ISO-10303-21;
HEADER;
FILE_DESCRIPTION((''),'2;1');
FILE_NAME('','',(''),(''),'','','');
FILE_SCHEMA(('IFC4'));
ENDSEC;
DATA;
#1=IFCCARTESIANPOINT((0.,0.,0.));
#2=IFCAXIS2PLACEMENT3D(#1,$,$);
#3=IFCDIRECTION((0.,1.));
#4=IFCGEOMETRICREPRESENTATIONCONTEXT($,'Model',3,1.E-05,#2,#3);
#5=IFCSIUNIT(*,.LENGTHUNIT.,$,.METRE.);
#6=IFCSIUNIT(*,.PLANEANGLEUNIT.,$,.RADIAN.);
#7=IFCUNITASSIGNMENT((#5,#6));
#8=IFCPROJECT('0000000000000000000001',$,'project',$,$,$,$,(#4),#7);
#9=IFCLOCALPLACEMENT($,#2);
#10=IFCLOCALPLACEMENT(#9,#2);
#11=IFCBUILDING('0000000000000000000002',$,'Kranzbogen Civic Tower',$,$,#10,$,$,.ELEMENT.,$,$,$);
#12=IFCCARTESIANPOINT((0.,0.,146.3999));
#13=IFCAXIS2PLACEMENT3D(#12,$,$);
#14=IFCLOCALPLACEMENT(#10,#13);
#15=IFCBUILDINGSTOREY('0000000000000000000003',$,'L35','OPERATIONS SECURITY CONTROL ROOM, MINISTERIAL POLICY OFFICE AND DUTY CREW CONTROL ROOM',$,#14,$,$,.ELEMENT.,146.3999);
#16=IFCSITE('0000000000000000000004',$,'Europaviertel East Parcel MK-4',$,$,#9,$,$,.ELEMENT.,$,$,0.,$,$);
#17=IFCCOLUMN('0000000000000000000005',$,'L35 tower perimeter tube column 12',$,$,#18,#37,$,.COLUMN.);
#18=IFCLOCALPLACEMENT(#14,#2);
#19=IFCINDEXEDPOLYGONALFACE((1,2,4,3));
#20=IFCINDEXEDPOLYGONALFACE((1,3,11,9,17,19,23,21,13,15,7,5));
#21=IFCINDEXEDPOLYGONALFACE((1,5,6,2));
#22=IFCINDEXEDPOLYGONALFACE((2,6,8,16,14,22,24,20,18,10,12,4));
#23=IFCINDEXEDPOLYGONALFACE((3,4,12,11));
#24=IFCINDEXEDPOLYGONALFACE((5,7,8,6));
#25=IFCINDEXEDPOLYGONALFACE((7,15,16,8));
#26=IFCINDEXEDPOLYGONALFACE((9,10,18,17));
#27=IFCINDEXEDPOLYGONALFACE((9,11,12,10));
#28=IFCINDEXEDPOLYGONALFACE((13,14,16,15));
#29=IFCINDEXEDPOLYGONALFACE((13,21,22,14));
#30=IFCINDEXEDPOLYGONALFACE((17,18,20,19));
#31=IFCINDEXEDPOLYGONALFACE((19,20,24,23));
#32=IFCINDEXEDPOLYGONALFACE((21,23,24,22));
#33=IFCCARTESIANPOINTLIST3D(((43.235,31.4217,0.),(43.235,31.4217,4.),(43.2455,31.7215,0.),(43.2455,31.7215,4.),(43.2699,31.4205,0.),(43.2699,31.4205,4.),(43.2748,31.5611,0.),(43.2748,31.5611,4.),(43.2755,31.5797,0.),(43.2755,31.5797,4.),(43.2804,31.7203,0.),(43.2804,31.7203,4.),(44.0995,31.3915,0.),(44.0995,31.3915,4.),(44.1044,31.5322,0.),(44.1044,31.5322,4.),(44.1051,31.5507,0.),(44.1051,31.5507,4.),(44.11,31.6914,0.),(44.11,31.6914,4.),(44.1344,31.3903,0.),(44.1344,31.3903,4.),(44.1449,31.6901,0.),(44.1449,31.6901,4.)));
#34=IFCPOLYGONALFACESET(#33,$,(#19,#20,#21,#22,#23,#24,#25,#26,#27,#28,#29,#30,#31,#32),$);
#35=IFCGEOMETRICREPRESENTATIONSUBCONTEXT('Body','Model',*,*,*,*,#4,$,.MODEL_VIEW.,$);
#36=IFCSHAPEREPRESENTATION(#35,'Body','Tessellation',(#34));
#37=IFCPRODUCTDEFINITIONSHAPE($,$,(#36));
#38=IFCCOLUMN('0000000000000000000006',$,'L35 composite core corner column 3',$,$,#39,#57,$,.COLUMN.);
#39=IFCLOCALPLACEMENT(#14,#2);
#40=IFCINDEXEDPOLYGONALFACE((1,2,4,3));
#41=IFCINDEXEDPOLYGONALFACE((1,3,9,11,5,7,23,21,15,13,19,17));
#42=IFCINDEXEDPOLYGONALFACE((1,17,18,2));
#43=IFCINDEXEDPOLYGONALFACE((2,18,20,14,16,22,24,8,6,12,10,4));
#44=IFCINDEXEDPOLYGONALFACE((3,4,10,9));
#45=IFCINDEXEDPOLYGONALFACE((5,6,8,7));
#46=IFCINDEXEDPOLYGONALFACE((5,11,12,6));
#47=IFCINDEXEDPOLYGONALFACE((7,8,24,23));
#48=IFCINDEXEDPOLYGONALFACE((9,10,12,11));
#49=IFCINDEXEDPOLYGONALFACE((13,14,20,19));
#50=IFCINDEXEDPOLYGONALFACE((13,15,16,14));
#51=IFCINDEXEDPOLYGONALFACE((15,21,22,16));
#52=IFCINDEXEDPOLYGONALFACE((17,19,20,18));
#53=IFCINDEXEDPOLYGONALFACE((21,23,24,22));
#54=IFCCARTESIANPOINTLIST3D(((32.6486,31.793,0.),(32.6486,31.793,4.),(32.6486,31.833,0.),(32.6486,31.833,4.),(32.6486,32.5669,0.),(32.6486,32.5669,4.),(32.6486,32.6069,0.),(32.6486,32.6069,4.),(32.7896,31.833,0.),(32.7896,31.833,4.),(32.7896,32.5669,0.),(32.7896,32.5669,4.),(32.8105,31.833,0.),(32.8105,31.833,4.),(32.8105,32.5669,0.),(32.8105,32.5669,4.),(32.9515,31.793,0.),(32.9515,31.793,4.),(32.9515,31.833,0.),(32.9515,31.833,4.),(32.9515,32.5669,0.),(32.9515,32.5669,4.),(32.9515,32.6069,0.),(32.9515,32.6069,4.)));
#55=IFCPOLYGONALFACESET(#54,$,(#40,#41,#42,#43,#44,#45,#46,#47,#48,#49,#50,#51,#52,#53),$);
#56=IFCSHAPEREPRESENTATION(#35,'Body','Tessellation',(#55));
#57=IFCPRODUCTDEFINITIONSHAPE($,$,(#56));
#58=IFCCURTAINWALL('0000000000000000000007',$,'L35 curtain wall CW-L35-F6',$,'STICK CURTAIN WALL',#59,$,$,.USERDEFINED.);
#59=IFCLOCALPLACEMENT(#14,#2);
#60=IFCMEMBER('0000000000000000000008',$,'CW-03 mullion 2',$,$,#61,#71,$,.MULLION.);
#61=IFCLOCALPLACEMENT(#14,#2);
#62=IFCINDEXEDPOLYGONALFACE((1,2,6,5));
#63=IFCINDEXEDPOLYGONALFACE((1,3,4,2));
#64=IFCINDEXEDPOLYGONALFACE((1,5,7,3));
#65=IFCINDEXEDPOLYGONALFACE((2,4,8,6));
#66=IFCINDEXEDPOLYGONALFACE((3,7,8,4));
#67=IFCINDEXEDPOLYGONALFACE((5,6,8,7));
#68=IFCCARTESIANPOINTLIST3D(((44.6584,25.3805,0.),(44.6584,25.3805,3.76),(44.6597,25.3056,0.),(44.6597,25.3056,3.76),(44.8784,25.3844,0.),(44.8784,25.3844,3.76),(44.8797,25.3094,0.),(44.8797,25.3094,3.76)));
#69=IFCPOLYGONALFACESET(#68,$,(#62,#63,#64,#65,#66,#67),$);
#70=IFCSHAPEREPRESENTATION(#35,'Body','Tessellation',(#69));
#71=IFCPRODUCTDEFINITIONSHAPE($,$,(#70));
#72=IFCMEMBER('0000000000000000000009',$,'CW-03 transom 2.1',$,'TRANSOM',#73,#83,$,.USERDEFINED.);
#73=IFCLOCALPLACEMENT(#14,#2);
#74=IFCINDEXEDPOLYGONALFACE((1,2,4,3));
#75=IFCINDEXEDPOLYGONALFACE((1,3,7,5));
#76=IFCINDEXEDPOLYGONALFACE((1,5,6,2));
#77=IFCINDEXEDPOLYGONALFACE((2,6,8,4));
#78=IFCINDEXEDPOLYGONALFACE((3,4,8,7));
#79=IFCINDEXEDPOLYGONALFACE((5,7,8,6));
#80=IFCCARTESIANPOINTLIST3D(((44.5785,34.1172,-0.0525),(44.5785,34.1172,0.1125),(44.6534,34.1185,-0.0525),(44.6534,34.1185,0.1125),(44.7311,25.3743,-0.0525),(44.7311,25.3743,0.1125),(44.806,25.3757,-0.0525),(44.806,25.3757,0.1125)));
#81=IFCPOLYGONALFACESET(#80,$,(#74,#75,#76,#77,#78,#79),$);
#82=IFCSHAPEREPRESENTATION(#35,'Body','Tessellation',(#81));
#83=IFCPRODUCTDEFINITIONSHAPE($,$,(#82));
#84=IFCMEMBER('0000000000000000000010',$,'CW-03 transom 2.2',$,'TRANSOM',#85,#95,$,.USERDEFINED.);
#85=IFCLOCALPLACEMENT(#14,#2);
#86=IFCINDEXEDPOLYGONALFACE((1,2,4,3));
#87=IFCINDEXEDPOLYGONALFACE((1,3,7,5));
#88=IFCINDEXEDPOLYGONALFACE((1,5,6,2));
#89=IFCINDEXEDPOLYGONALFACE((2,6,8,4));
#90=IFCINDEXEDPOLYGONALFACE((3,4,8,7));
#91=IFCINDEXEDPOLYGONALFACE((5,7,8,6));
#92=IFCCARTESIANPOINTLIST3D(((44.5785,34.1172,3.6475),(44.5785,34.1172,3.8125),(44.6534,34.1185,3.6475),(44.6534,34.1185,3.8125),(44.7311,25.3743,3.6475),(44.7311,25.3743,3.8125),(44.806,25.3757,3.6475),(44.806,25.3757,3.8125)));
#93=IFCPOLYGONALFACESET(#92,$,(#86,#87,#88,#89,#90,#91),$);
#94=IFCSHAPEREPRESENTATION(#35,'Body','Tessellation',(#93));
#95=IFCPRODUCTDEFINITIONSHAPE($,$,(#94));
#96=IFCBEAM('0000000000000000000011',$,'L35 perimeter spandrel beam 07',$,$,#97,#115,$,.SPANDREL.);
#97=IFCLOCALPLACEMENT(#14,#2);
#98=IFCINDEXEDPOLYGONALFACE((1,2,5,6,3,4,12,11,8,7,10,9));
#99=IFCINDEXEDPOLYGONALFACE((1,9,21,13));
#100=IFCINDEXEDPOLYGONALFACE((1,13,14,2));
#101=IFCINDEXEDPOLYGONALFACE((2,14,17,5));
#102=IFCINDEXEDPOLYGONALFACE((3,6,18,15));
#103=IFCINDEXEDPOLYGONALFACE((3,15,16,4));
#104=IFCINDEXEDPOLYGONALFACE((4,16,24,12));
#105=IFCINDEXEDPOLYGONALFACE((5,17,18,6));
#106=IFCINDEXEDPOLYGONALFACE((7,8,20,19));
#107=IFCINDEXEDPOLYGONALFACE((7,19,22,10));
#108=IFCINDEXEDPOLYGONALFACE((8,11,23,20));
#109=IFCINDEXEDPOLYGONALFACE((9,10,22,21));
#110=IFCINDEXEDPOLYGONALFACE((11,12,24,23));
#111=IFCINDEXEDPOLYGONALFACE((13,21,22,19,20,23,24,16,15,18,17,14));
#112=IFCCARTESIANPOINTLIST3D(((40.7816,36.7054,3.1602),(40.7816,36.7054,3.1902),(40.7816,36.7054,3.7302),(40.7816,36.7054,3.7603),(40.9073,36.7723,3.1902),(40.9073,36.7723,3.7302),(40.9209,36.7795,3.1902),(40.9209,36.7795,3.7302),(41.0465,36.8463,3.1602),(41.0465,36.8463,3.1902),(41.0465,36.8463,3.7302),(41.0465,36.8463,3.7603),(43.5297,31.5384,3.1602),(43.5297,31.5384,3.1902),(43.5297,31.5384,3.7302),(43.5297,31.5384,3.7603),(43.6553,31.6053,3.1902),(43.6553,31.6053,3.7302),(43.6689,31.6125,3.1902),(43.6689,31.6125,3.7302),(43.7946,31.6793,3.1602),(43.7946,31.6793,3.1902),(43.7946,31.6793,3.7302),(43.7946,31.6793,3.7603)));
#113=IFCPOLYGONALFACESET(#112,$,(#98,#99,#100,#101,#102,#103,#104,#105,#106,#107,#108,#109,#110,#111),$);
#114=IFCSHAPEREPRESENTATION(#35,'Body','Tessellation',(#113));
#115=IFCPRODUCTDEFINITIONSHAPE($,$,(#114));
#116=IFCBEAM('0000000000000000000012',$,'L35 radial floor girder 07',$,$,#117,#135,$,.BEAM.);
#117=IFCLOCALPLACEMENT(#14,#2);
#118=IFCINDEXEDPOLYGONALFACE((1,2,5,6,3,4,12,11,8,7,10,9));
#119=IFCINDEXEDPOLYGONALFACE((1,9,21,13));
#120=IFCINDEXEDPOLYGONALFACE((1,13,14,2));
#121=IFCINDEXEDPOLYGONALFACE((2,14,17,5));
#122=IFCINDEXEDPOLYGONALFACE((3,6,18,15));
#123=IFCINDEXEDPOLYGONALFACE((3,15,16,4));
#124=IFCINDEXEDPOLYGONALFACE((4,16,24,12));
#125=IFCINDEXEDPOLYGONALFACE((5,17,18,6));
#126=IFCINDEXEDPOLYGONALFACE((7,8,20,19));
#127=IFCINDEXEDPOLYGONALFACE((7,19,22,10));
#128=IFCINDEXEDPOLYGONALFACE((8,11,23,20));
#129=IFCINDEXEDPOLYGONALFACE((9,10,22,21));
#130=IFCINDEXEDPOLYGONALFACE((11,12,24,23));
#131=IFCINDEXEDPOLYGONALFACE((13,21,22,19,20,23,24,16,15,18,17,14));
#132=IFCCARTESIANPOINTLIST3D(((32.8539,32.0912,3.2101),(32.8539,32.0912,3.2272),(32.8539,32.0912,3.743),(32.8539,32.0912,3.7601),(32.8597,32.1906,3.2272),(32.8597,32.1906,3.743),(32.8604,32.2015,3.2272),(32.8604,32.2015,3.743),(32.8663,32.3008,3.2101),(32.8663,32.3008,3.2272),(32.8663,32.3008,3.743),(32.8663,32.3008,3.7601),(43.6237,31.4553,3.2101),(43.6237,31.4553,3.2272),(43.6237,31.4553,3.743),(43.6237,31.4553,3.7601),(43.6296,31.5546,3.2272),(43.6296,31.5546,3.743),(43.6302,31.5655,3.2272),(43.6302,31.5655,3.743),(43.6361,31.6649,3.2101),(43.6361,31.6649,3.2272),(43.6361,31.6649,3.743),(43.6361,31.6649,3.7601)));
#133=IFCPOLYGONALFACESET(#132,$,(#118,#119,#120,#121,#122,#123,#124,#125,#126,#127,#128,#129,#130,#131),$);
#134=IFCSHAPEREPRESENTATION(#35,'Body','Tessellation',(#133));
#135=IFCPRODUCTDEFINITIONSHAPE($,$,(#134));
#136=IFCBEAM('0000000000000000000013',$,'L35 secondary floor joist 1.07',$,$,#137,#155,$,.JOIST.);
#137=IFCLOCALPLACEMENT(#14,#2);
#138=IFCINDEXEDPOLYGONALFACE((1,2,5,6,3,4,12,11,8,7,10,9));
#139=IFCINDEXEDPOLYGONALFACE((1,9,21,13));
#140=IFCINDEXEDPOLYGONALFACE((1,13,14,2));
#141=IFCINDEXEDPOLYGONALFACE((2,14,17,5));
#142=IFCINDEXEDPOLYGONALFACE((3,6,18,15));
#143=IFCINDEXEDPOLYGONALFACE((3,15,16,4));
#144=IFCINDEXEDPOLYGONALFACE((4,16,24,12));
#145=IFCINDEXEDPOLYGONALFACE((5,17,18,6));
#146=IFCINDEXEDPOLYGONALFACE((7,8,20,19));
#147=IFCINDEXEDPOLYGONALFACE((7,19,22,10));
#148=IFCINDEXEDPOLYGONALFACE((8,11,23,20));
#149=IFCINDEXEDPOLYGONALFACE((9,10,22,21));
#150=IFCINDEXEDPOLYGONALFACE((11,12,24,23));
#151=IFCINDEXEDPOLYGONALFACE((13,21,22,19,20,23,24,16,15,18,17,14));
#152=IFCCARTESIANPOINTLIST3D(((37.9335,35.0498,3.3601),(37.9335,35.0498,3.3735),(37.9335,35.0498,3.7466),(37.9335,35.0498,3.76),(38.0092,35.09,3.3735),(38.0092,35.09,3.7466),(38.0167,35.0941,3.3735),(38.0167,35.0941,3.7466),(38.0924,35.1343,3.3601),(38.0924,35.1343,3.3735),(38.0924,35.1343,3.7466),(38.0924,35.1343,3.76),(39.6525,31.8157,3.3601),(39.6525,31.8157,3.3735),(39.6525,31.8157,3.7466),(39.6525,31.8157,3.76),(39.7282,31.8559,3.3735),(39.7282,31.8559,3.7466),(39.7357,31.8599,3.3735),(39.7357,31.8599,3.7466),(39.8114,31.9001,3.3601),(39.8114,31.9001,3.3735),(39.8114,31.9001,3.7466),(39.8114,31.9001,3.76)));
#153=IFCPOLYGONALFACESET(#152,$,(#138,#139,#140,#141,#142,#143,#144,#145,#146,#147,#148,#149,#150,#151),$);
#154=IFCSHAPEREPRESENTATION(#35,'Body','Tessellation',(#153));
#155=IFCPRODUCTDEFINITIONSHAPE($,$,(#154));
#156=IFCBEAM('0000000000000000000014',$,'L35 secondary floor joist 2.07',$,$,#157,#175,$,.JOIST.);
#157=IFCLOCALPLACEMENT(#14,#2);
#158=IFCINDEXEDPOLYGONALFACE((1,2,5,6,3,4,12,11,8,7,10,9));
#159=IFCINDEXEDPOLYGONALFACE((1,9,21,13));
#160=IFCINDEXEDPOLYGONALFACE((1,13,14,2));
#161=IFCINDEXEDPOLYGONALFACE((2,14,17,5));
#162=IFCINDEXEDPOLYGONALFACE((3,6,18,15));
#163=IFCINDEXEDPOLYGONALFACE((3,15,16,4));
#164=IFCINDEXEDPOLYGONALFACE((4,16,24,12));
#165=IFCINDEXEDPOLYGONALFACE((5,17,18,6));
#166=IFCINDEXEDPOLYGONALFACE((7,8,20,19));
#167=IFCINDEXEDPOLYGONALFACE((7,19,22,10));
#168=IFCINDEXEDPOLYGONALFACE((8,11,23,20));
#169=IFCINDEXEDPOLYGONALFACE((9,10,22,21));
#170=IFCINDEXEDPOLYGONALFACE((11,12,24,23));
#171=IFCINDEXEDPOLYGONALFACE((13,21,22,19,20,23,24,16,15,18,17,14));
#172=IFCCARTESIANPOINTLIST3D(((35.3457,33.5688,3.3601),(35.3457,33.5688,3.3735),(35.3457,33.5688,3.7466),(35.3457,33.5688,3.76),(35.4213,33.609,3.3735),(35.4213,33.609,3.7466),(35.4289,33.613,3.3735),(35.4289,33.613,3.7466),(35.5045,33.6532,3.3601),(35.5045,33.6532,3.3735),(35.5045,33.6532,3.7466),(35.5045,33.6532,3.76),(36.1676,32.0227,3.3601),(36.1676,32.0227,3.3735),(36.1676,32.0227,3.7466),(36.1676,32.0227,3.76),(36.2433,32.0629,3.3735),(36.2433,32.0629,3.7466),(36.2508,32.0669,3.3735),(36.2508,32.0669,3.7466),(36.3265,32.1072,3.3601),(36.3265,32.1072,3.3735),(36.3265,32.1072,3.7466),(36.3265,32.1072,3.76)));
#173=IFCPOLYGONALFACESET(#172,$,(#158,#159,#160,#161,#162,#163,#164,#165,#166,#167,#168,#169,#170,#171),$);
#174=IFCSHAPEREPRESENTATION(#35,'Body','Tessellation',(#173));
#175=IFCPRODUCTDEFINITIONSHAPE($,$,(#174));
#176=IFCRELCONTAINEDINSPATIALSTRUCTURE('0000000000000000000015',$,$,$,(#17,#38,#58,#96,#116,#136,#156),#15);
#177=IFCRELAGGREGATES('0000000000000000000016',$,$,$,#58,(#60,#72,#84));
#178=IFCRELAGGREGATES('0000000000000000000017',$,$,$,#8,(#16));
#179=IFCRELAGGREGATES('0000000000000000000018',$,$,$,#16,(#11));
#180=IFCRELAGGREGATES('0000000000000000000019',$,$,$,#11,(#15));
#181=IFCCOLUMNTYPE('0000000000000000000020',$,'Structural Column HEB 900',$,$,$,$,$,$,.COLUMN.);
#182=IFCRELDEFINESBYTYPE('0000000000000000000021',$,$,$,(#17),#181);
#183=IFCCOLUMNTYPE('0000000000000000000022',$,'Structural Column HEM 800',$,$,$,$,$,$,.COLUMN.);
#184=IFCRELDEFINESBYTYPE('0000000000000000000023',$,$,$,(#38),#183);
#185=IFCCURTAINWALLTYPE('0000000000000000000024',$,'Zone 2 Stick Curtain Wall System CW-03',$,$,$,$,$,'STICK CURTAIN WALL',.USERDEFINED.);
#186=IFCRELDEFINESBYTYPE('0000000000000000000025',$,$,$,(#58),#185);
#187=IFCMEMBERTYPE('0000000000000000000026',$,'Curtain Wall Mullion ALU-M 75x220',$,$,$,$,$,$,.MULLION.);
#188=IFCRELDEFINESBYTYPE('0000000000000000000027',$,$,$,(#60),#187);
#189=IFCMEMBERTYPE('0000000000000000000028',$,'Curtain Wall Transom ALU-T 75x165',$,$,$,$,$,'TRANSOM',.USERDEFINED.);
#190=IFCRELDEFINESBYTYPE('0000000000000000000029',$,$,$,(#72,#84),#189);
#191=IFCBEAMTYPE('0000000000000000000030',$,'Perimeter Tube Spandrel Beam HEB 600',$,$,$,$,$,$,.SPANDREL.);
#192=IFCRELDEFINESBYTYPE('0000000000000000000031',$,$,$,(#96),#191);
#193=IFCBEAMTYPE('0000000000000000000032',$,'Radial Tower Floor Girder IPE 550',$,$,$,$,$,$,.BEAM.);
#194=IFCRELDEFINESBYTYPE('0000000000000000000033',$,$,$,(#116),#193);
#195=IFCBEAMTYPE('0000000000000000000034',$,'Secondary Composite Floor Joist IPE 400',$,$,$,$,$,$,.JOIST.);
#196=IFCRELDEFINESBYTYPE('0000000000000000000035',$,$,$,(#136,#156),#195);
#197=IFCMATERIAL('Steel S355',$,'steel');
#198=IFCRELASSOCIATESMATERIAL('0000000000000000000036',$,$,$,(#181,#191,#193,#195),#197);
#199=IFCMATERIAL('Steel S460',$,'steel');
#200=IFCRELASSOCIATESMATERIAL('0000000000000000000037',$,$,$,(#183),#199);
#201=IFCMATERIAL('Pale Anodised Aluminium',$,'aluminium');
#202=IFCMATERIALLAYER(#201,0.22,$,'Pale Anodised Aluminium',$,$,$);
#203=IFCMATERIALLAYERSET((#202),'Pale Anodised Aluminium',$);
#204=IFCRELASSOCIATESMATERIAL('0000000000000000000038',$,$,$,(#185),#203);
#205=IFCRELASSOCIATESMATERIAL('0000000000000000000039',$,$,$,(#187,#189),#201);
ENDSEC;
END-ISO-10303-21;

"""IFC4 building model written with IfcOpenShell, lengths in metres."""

from ifc_helpers import new_model, si_unit, direction, frame, origin, origin_2d, place, context, subcontext, project, spatial, rectangle, i_section, extrude, material, layer, layer_set, material_profile, profile_set, type_object, element, aggregate, save


model = new_model("IFC4")

# Units and contexts
model_context = context("Model", 3, precision=1e-05, world=origin(), true_north=direction((0.0, 1.0)))
body_context = subcontext(model_context, "Body", "Model", "MODEL_VIEW")
ifc_project = project(units=[si_unit("LENGTHUNIT", "METRE"), si_unit("PLANEANGLEUNIT", "RADIAN")], contexts=[model_context])

# Site, building, storey
site_placement = place(None, origin())
site = spatial("IfcSite", under=ifc_project, at=site_placement, Name="Europaviertel East Parcel MK-4", CompositionType="ELEMENT", RefElevation=0.0)
building_placement = place(site_placement, origin())
building = spatial("IfcBuilding", under=site, at=building_placement, Name="Kranzbogen Civic Tower", CompositionType="ELEMENT")
storey_placement = place(building_placement, frame((0.0, 0.0, 146.3999)))
storey = spatial("IfcBuildingStorey", under=building, at=storey_placement, Name="L35", Description="OPERATIONS SECURITY CONTROL ROOM, MINISTERIAL POLICY OFFICE AND DUTY CREW CONTROL ROOM", CompositionType="ELEMENT", Elevation=146.3999)

# Columns
ifc_material_1 = material(Name="Steel S355", Category="steel")
ifc_material_profile_1 = material_profile(ifc_material_1, i_section(OverallWidth=0.3, OverallDepth=0.8999, WebThickness=0.0186, FlangeThickness=0.0349, at=origin_2d()), Name="HEB 900")
ifc_profile_set_1 = profile_set([ifc_material_profile_1], Name="Steel S355")
column_type_1 = type_object("IfcColumnType", Name="Structural Column HEB 900", PredefinedType="COLUMN", material=ifc_profile_set_1)
column_1_placement = place(storey_placement, frame((43.6899, 31.5559, 0.0), z_axis=(0.0, 0.0, 1.0), x_axis=(0.034899, 0.999391, 0.0)))
element("IfcColumn", 1, at=column_1_placement, inside=storey, type_object=column_type_1, Name="L35 tower perimeter tube column 12", PredefinedType="COLUMN", context=body_context, shape_type="SweptSolid", body=[
    extrude(i_section(OverallWidth=0.3, OverallDepth=0.8999, WebThickness=0.0186, FlangeThickness=0.0349, at=origin_2d()), origin(), (0.0, 0.0, 1.0), 4.0),
])
ifc_material_2 = material(Name="Steel S460", Category="steel")
ifc_material_profile_2 = material_profile(ifc_material_2, i_section(OverallWidth=0.303, OverallDepth=0.814, WebThickness=0.021, FlangeThickness=0.04, at=origin_2d()), Name="HEM 800")
ifc_profile_set_2 = profile_set([ifc_material_profile_2], Name="Steel S460")
column_type_2 = type_object("IfcColumnType", Name="Structural Column HEM 800", PredefinedType="COLUMN", material=ifc_profile_set_2)
column_2_placement = place(storey_placement, frame((32.8, 32.2, 0.0), z_axis=(0.0, 0.0, 1.0), x_axis=(1.0, 0.0, 0.0)))
element("IfcColumn", 2, at=column_2_placement, inside=storey, type_object=column_type_2, Name="L35 composite core corner column 3", PredefinedType="COLUMN", context=body_context, shape_type="SweptSolid", body=[
    extrude(i_section(OverallWidth=0.303, OverallDepth=0.814, WebThickness=0.021, FlangeThickness=0.04, at=origin_2d()), origin(), (0.0, 0.0, 1.0), 4.0),
])

# Curtain wall, members
ifc_material_3 = material(Name="Pale Anodised Aluminium", Category="aluminium")
ifc_layer_1 = layer(ifc_material_3, 0.22, Name="Pale Anodised Aluminium")
ifc_layer_set_1 = layer_set([ifc_layer_1], Name="Pale Anodised Aluminium")
curtain_wall_type = type_object("IfcCurtainWallType", Name="Zone 2 Stick Curtain Wall System CW-03", ElementType="STICK CURTAIN WALL", PredefinedType="USERDEFINED", material=ifc_layer_set_1)
curtain_wall_placement = place(storey_placement, origin())
curtain_wall = element("IfcCurtainWall", 3, at=curtain_wall_placement, inside=storey, type_object=curtain_wall_type, Name="L35 curtain wall CW-L35-F6", ObjectType="STICK CURTAIN WALL", PredefinedType="USERDEFINED")
ifc_material_profile_3 = material_profile(ifc_material_3, rectangle(XDim=0.075, YDim=0.22, at=origin_2d()), Name="ALU-M 75x220")
ifc_profile_set_3 = profile_set([ifc_material_profile_3], Name="Pale Anodised Aluminium")
member_type_1 = type_object("IfcMemberType", Name="Curtain Wall Mullion ALU-M 75x220", PredefinedType="MULLION", material=ifc_profile_set_3)
member_1_placement = place(storey_placement, frame((44.769, 25.345, 0.0), z_axis=(0.0, 0.0, 1.0), x_axis=(-0.017432, 0.999848, 0.0)))
member_1 = element("IfcMember", 4, at=member_1_placement, type_object=member_type_1, Name="CW-03 mullion 2", PredefinedType="MULLION", context=body_context, shape_type="SweptSolid", body=[
    extrude(rectangle(XDim=0.075, YDim=0.22, at=origin_2d()), origin(), (0.0, 0.0, 1.0), 3.76),
])
ifc_material_profile_4 = material_profile(ifc_material_3, rectangle(XDim=0.075, YDim=0.165, at=origin_2d()), Name="ALU-T 75x165")
ifc_profile_set_4 = profile_set([ifc_material_profile_4], Name="Pale Anodised Aluminium")
member_type_2 = type_object("IfcMemberType", Name="Curtain Wall Transom ALU-T 75x165", ElementType="TRANSOM", PredefinedType="USERDEFINED", material=ifc_profile_set_4)
member_2_placement = place(storey_placement, frame((44.7686, 25.375, 0.03), z_axis=(-0.01745, 0.999848, 0.0), x_axis=(-0.999848, -0.01745, 0.0)))
member_2 = element("IfcMember", 5, at=member_2_placement, type_object=member_type_2, Name="CW-03 transom 2.1", ObjectType="TRANSOM", PredefinedType="USERDEFINED", context=body_context, shape_type="SweptSolid", body=[
    extrude(rectangle(XDim=0.075, YDim=0.165, at=origin_2d()), origin(), (0.0, 0.0, 1.0), 8.7441),
])
member_3_placement = place(storey_placement, frame((44.7686, 25.375, 3.73), z_axis=(-0.01745, 0.999848, 0.0), x_axis=(-0.999848, -0.01745, 0.0)))
member_3 = element("IfcMember", 6, at=member_3_placement, type_object=member_type_2, Name="CW-03 transom 2.2", ObjectType="TRANSOM", PredefinedType="USERDEFINED", context=body_context, shape_type="SweptSolid", body=[
    extrude(rectangle(XDim=0.075, YDim=0.165, at=origin_2d()), origin(), (0.0, 0.0, 1.0), 8.7441),
])

# Beams
ifc_material_profile_5 = material_profile(ifc_material_1, i_section(OverallWidth=0.3, OverallDepth=0.6001, WebThickness=0.0154, FlangeThickness=0.03, at=origin_2d()), Name="HEB 600")
ifc_profile_set_5 = profile_set([ifc_material_profile_5], Name="Steel S355")
beam_type_1 = type_object("IfcBeamType", Name="Perimeter Tube Spandrel Beam HEB 600", PredefinedType="SPANDREL", material=ifc_profile_set_5)
beam_1_placement = place(storey_placement, frame((43.6621, 31.6089, 3.4602), z_axis=(-0.469566, 0.882897, 0.0), x_axis=(-0.882897, -0.469566, 0.0)))
element("IfcBeam", 7, at=beam_1_placement, inside=storey, type_object=beam_type_1, Name="L35 perimeter spandrel beam 07", PredefinedType="SPANDREL", context=body_context, shape_type="SweptSolid", body=[
    extrude(i_section(OverallWidth=0.3, OverallDepth=0.6001, WebThickness=0.0154, FlangeThickness=0.03, at=origin_2d()), origin(), (0.0, 0.0, 1.0), 5.8523),
])
ifc_material_profile_6 = material_profile(ifc_material_1, i_section(OverallWidth=0.21, OverallDepth=0.55, WebThickness=0.011, FlangeThickness=0.0171, at=origin_2d()), Name="IPE 550")
ifc_profile_set_6 = profile_set([ifc_material_profile_6], Name="Steel S355")
beam_type_2 = type_object("IfcBeamType", Name="Radial Tower Floor Girder IPE 550", PredefinedType="BEAM", material=ifc_profile_set_6)
beam_2_placement = place(storey_placement, frame((43.6299, 31.5601, 3.4851), z_axis=(-0.998261, 0.05895, 0.0), x_axis=(-0.05895, -0.998261, 0.0)))
element("IfcBeam", 8, at=beam_2_placement, inside=storey, type_object=beam_type_2, Name="L35 radial floor girder 07", PredefinedType="BEAM", context=body_context, shape_type="SweptSolid", body=[
    extrude(i_section(OverallWidth=0.21, OverallDepth=0.55, WebThickness=0.011, FlangeThickness=0.0171, at=origin_2d()), origin(), (0.0, 0.0, 1.0), 10.7886),
])
ifc_material_profile_7 = material_profile(ifc_material_1, i_section(OverallWidth=0.1799, OverallDepth=0.3999, WebThickness=0.0085, FlangeThickness=0.0134, at=origin_2d()), Name="IPE 400")
ifc_profile_set_7 = profile_set([ifc_material_profile_7], Name="Steel S355")
beam_type_3 = type_object("IfcBeamType", Name="Secondary Composite Floor Joist IPE 400", PredefinedType="JOIST", material=ifc_profile_set_7)
beam_3_placement = place(storey_placement, frame((39.7319, 31.8579, 3.5601), z_axis=(-0.469339, 0.883018, 0.0), x_axis=(-0.883018, -0.469339, 0.0)))
element("IfcBeam", 9, at=beam_3_placement, inside=storey, type_object=beam_type_3, Name="L35 secondary floor joist 1.07", PredefinedType="JOIST", context=body_context, shape_type="SweptSolid", body=[
    extrude(i_section(OverallWidth=0.1799, OverallDepth=0.3999, WebThickness=0.0085, FlangeThickness=0.0134, at=origin_2d()), origin(), (0.0, 0.0, 1.0), 3.6626),
])
beam_4_placement = place(storey_placement, frame((36.2471, 32.0649, 3.5601), z_axis=(-0.469437, 0.882966, 0.0), x_axis=(-0.882966, -0.469437, 0.0)))
element("IfcBeam", 10, at=beam_4_placement, inside=storey, type_object=beam_type_3, Name="L35 secondary floor joist 2.07", PredefinedType="JOIST", context=body_context, shape_type="SweptSolid", body=[
    extrude(i_section(OverallWidth=0.1799, OverallDepth=0.3999, WebThickness=0.0085, FlangeThickness=0.0134, at=origin_2d()), origin(), (0.0, 0.0, 1.0), 1.751),
])

aggregate(curtain_wall, [member_1, member_2, member_3])

save(model, "model.ifc")
